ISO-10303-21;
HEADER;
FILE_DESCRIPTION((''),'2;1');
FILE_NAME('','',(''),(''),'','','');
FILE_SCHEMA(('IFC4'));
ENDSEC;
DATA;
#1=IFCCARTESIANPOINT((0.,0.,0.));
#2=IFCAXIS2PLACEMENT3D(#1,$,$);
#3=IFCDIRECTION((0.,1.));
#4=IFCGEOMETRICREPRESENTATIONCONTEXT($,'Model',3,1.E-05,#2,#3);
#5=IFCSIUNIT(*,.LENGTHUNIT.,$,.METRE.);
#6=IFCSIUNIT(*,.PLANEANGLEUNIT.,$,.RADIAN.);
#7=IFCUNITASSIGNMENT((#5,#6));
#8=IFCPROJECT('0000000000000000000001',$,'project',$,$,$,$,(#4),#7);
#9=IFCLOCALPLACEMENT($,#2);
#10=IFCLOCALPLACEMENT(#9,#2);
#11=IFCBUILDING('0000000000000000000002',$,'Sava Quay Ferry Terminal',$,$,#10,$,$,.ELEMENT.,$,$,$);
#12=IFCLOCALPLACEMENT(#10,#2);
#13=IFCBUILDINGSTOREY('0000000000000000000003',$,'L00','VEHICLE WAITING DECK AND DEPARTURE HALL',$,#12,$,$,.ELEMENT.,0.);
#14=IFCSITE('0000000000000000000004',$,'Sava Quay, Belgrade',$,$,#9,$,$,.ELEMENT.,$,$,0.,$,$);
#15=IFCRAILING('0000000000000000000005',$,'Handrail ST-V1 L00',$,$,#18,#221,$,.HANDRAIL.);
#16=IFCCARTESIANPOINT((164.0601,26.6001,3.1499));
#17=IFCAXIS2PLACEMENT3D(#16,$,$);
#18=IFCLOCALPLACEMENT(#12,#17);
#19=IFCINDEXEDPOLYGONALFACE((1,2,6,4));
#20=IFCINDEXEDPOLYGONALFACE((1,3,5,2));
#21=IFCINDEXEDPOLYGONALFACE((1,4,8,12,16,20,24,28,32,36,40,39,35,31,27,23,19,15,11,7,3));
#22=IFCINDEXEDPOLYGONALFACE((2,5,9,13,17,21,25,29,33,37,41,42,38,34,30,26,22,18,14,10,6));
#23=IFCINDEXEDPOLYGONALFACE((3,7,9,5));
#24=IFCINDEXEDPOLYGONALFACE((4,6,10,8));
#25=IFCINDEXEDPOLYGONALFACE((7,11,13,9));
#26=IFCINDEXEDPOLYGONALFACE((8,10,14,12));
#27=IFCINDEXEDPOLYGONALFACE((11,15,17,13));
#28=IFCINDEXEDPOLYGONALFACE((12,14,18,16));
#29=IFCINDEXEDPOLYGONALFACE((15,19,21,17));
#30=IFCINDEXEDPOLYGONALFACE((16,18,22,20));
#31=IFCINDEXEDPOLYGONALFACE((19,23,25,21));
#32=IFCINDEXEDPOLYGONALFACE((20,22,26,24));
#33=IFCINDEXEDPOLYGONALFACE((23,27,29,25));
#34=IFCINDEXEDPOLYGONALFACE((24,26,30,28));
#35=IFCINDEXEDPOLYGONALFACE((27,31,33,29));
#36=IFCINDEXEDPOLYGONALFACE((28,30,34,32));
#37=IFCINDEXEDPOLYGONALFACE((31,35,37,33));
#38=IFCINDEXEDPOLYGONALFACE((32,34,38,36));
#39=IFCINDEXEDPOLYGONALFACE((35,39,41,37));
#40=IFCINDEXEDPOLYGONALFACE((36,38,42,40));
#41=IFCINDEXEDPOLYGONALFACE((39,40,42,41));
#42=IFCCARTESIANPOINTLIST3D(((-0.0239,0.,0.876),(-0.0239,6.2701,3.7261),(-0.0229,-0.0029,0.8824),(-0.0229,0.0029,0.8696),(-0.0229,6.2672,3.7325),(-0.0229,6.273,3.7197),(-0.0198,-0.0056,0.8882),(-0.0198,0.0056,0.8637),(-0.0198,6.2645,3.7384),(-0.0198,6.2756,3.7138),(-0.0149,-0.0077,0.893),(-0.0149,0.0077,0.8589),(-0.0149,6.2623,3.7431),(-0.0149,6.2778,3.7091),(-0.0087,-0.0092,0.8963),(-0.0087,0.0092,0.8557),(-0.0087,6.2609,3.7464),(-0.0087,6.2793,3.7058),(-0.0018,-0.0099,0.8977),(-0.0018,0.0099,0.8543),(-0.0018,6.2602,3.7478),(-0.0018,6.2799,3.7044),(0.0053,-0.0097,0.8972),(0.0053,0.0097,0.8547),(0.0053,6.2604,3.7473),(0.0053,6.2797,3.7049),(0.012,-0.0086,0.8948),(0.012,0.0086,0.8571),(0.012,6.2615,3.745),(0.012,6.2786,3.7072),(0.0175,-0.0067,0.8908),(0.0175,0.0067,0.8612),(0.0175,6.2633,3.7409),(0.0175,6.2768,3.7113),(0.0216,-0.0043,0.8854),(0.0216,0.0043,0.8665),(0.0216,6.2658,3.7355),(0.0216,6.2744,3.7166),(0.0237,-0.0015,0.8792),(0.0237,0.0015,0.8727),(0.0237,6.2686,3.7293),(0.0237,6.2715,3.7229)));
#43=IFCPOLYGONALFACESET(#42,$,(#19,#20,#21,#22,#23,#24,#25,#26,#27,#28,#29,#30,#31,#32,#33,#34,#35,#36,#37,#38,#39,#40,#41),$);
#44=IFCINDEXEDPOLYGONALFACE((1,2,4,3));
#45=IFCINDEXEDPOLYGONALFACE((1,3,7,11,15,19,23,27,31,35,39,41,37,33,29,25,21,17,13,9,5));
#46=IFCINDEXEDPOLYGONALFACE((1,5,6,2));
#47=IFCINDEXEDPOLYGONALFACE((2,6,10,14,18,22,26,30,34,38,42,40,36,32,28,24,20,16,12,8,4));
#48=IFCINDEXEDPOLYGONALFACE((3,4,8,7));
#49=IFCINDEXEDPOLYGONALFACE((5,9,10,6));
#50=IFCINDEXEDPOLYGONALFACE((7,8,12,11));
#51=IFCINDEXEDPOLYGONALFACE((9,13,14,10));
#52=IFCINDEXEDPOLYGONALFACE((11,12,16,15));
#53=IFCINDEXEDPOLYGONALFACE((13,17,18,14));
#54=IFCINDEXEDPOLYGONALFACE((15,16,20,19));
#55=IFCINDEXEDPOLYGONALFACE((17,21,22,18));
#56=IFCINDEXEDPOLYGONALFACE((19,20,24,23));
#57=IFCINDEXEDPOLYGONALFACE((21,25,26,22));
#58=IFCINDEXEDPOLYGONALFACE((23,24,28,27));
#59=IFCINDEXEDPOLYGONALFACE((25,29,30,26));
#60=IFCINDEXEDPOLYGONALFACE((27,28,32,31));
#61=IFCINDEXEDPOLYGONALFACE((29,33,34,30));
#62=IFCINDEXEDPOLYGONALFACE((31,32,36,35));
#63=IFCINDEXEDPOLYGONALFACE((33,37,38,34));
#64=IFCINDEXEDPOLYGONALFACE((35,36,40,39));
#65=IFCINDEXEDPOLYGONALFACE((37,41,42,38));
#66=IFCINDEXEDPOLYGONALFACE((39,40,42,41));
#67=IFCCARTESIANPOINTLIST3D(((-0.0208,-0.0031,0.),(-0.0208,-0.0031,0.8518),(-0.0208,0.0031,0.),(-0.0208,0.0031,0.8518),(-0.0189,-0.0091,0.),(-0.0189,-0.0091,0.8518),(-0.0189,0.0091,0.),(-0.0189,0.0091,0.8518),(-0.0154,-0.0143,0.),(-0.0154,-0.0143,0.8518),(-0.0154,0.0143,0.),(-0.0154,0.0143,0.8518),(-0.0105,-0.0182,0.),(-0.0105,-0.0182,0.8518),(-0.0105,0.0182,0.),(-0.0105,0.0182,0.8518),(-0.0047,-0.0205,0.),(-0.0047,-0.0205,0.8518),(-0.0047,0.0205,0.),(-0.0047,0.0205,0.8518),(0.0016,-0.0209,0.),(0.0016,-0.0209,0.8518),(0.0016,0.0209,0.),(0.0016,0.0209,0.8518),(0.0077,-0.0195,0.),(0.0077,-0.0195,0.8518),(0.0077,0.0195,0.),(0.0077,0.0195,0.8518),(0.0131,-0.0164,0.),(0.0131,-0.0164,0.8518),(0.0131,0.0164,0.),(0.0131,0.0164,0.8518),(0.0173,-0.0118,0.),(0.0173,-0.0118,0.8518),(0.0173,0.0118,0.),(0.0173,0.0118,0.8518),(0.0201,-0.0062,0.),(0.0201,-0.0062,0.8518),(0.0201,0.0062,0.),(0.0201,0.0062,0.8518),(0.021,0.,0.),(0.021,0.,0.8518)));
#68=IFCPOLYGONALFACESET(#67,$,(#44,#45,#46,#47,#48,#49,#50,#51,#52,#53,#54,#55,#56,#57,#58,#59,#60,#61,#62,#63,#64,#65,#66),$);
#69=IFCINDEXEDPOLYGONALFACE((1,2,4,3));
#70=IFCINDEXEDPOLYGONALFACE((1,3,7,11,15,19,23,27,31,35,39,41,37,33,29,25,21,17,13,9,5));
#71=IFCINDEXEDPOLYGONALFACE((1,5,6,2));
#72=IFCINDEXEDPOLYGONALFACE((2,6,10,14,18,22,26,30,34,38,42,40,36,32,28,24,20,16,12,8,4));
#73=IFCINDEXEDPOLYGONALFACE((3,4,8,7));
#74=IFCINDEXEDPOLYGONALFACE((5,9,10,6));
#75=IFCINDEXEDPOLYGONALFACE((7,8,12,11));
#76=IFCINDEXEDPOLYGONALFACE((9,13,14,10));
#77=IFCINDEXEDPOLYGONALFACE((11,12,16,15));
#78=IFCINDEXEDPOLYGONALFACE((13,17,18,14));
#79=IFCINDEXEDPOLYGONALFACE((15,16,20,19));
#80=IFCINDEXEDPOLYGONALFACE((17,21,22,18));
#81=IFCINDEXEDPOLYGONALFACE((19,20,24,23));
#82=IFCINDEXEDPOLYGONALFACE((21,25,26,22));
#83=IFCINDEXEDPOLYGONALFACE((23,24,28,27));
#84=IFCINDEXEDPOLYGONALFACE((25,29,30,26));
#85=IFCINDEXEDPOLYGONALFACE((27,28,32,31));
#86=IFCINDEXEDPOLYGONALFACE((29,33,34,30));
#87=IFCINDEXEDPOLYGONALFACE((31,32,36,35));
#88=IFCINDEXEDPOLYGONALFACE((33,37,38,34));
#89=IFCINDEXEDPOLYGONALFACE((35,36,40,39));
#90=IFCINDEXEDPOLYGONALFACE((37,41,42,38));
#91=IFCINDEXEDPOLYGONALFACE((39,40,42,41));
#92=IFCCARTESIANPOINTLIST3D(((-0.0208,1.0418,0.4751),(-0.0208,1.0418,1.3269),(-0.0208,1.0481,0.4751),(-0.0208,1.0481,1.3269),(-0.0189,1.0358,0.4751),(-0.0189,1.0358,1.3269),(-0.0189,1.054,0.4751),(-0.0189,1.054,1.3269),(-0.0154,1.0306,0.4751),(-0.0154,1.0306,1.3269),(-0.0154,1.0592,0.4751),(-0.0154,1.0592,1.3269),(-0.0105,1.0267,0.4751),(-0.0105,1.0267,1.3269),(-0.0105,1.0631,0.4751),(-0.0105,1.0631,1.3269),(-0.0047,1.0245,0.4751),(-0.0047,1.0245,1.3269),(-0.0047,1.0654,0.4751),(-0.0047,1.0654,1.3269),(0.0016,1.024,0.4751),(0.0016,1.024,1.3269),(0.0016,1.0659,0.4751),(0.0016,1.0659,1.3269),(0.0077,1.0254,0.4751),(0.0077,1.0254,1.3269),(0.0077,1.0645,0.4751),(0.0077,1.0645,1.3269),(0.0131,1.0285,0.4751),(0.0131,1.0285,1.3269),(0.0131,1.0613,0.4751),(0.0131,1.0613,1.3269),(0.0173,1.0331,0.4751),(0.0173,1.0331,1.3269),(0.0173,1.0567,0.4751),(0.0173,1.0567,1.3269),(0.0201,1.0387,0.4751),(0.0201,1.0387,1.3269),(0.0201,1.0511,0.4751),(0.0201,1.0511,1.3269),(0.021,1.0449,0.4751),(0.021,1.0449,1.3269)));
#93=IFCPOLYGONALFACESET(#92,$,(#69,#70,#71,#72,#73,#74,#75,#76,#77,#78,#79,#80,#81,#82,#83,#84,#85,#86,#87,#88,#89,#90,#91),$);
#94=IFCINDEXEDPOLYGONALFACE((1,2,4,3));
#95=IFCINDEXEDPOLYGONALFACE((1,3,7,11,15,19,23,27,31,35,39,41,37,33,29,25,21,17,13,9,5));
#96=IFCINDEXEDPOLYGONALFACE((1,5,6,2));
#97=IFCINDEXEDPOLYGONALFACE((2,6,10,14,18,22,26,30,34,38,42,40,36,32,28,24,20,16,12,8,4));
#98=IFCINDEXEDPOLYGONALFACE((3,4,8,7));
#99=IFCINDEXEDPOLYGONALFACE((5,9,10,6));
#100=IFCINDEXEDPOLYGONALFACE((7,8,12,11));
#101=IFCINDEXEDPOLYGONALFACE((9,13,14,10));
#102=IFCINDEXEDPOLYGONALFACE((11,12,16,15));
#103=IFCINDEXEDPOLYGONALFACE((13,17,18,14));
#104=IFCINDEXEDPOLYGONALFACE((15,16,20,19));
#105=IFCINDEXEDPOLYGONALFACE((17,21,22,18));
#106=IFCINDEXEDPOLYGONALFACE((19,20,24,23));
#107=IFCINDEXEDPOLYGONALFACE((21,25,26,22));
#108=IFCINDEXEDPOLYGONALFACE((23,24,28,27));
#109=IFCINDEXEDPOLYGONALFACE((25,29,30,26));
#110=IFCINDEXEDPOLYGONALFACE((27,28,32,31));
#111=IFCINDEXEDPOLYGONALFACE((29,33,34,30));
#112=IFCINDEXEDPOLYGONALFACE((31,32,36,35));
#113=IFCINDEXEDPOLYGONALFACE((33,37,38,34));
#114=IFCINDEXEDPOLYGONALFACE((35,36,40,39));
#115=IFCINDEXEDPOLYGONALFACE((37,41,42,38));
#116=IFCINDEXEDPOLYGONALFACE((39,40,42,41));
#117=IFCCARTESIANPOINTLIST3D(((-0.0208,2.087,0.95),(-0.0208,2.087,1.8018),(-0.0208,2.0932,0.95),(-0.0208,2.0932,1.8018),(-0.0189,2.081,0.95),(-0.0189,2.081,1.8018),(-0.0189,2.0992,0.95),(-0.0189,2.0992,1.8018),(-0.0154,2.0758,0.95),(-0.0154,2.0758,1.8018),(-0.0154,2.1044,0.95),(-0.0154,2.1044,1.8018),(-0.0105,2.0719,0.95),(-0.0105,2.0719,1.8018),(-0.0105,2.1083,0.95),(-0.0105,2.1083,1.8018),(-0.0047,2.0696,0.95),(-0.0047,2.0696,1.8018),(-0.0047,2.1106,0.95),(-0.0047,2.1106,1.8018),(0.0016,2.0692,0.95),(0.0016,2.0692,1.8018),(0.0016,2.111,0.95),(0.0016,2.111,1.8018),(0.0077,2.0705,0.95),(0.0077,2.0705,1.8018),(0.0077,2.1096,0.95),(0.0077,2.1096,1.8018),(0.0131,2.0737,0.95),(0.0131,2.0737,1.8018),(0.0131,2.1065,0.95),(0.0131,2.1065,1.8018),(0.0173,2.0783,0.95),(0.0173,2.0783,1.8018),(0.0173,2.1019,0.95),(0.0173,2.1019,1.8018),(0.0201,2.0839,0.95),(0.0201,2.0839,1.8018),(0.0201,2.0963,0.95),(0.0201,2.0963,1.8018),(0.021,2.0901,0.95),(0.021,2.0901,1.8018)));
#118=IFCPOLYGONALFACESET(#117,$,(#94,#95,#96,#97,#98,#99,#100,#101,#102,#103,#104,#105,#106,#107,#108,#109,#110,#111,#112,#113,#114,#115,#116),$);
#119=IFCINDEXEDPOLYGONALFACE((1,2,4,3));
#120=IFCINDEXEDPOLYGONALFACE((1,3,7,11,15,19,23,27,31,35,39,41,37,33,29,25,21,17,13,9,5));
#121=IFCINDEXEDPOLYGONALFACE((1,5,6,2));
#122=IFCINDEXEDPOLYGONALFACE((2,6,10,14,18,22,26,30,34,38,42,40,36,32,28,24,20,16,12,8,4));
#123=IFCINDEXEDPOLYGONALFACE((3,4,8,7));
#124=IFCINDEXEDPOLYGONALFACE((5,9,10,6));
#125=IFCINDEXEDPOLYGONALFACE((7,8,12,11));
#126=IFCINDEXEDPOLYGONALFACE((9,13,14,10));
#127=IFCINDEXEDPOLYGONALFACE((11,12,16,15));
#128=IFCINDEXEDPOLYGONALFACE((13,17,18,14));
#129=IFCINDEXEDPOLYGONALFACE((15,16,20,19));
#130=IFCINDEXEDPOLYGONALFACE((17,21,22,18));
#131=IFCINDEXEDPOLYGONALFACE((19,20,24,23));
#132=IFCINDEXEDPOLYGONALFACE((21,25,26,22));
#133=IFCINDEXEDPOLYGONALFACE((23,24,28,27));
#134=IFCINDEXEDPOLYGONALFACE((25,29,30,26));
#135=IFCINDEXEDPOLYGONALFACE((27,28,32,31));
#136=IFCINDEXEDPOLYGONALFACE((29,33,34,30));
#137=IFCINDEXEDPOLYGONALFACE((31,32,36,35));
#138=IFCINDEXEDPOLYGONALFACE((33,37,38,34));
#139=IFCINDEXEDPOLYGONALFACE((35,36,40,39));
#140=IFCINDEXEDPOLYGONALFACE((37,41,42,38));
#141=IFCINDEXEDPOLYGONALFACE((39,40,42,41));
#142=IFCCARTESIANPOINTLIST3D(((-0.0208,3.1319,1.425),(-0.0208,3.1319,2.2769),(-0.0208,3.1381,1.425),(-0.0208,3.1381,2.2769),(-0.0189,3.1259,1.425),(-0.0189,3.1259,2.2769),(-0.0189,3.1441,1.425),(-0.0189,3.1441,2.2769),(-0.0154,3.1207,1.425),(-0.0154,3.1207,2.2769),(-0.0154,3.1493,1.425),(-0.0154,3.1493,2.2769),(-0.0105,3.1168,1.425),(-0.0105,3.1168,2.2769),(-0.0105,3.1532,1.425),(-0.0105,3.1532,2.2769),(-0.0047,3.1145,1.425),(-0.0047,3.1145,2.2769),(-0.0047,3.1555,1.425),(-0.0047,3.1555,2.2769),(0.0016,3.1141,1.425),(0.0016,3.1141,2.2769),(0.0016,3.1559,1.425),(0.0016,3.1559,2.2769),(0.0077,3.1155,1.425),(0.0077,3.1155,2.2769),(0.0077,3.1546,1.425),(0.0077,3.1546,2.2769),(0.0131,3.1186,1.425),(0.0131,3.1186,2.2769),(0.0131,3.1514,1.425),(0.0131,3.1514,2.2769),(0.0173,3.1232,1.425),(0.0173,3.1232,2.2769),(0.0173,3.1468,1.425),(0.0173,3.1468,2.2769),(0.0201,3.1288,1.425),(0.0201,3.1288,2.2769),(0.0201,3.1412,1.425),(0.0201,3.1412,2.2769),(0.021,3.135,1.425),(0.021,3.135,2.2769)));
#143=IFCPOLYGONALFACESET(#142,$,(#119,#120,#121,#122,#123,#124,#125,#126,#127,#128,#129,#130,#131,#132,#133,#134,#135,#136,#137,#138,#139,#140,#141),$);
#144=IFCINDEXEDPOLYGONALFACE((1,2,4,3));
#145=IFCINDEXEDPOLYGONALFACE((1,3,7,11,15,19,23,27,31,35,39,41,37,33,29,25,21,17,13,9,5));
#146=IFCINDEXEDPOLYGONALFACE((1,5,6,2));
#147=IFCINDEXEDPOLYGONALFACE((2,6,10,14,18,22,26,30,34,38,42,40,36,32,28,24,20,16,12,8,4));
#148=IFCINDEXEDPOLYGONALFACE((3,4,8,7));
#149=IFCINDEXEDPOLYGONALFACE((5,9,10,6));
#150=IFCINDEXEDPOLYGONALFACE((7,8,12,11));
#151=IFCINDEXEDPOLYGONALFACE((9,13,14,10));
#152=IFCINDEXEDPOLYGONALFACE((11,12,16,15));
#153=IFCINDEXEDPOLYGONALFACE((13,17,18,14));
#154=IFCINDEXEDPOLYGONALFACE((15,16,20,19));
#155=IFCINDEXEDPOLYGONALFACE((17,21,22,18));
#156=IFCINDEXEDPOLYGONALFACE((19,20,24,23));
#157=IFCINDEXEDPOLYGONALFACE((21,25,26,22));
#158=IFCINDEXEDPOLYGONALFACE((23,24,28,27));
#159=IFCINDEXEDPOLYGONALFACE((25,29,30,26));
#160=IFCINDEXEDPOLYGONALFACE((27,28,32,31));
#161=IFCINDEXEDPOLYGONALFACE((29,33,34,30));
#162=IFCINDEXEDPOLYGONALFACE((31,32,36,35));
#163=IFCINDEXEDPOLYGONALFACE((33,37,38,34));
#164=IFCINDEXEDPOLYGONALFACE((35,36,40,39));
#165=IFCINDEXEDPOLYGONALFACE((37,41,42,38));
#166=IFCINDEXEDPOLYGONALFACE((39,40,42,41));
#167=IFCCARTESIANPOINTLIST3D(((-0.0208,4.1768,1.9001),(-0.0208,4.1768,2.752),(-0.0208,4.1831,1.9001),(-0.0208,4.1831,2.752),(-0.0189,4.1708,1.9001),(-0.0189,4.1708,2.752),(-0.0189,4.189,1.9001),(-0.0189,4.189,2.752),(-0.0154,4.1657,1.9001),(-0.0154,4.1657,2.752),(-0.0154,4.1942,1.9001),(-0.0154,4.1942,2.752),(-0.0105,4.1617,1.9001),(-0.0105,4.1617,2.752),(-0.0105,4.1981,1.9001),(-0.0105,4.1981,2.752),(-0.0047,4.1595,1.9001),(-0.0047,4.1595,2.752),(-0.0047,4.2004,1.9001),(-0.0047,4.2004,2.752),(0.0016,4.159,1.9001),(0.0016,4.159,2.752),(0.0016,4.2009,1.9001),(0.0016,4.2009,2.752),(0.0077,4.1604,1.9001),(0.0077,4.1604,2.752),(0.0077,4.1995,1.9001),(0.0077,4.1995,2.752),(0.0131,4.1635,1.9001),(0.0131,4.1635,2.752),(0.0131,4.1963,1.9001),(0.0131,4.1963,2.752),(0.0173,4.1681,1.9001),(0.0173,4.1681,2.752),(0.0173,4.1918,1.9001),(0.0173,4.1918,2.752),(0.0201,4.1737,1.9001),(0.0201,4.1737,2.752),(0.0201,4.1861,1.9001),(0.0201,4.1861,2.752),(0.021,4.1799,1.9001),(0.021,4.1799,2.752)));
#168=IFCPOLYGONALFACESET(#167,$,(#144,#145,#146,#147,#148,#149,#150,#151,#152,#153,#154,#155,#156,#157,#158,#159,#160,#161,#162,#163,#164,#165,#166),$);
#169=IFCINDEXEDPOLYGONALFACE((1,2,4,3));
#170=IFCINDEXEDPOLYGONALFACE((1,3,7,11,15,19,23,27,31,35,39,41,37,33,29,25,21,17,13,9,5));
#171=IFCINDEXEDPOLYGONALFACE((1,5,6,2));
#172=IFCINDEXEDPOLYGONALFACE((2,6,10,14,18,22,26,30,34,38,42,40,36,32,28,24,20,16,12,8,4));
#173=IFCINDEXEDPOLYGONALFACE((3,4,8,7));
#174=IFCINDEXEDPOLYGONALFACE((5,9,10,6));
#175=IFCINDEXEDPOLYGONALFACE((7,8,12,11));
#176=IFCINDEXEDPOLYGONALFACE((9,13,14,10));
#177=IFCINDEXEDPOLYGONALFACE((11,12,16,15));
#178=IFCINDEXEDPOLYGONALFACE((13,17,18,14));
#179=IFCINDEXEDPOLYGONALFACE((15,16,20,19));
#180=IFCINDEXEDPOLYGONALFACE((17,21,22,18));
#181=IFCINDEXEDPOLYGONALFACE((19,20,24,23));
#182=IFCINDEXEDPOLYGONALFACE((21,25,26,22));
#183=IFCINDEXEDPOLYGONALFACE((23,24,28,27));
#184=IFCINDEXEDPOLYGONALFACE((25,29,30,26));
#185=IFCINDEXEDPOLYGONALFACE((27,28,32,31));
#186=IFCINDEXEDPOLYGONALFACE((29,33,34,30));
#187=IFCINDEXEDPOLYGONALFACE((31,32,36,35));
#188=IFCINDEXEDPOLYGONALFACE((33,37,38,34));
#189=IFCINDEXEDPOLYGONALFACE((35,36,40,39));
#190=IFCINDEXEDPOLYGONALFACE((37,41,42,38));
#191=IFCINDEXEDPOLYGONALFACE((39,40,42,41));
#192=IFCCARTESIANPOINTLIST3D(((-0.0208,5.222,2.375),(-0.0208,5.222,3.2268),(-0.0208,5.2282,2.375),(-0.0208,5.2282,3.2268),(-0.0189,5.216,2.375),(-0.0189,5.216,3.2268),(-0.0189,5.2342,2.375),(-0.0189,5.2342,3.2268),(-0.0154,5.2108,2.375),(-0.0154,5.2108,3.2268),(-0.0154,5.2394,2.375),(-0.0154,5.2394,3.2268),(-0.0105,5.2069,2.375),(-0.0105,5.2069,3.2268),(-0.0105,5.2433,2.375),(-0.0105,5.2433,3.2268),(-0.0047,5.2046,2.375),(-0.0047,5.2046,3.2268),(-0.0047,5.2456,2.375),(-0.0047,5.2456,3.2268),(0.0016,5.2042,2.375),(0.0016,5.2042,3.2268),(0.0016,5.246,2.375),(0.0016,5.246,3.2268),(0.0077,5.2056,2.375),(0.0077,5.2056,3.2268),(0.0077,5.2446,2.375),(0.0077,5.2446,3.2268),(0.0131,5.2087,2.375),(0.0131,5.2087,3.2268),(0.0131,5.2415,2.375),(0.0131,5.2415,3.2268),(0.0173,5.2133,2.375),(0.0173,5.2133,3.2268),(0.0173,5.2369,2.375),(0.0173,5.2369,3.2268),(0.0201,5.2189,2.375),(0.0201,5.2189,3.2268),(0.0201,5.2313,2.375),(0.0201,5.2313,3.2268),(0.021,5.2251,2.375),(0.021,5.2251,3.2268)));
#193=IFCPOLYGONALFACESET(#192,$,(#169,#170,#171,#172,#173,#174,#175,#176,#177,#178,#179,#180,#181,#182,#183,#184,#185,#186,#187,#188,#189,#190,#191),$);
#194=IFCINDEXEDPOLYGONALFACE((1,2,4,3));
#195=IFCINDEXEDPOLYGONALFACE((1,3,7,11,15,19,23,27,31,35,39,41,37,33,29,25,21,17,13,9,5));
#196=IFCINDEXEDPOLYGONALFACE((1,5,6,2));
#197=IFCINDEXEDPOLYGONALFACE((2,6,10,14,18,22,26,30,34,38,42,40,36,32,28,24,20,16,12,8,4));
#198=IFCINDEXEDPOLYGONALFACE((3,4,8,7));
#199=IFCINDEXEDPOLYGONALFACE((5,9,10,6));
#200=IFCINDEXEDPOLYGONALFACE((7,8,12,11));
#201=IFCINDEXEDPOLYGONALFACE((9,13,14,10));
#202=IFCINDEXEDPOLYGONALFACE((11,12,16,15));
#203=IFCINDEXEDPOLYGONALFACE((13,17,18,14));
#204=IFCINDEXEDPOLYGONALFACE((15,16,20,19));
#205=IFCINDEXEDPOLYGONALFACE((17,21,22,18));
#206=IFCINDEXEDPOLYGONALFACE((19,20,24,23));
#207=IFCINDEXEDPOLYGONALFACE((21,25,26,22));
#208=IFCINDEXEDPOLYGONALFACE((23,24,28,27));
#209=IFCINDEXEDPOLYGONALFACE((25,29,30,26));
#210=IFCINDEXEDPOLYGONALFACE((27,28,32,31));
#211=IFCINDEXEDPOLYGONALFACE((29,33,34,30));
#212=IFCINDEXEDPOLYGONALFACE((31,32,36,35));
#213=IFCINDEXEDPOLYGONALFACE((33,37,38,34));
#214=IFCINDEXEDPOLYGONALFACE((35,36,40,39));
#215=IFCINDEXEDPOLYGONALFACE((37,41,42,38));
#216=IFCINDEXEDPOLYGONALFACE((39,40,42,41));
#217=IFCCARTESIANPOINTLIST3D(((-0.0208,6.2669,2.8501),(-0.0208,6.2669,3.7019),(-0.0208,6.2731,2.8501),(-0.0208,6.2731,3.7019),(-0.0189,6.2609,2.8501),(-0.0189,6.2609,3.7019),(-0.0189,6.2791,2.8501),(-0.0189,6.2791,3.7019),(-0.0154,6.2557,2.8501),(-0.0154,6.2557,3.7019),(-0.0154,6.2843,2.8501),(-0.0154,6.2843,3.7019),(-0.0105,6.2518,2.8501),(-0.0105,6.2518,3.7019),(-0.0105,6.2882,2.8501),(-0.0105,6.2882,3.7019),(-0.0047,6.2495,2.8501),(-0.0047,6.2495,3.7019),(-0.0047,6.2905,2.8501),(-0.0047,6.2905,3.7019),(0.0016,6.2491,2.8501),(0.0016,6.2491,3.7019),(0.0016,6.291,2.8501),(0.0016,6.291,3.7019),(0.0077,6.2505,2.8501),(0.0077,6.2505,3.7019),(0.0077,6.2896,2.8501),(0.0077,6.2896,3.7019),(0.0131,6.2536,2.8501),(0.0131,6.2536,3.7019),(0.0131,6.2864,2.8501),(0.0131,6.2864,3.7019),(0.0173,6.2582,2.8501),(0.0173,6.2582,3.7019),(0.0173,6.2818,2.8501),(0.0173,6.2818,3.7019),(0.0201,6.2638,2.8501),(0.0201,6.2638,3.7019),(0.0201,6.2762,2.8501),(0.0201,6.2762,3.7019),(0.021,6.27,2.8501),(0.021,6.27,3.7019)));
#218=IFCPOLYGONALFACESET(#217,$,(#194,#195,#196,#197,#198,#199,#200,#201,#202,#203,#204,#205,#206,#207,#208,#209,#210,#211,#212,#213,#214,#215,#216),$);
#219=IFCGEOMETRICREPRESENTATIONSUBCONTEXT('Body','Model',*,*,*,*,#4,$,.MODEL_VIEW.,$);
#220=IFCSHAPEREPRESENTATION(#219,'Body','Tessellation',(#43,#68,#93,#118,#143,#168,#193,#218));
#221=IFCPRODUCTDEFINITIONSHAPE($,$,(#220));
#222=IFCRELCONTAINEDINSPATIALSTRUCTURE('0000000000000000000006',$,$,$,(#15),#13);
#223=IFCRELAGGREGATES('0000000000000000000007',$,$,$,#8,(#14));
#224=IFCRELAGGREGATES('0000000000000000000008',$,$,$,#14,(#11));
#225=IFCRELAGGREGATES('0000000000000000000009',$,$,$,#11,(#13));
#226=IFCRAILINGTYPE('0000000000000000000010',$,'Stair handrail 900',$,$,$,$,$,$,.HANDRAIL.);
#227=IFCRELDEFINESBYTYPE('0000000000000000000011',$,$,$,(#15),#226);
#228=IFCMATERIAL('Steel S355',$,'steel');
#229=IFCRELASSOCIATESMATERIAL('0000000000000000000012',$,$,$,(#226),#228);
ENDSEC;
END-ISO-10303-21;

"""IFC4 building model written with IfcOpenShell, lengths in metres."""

from ifc_helpers import new_model, si_unit, direction, frame, origin, origin_2d, place, context, subcontext, project, spatial, circle, extrude, material, type_object, element, save


model = new_model("IFC4")

# Units and contexts
model_context = context("Model", 3, precision=1e-05, world=origin(), true_north=direction((0.0, 1.0)))
body_context = subcontext(model_context, "Body", "Model", "MODEL_VIEW")
ifc_project = project(units=[si_unit("LENGTHUNIT", "METRE"), si_unit("PLANEANGLEUNIT", "RADIAN")], contexts=[model_context])

# Site, building, storey
site_placement = place(None, origin())
site = spatial("IfcSite", under=ifc_project, at=site_placement, Name="Sava Quay, Belgrade", CompositionType="ELEMENT", RefElevation=0.0)
building_placement = place(site_placement, origin())
building = spatial("IfcBuilding", under=site, at=building_placement, Name="Sava Quay Ferry Terminal", CompositionType="ELEMENT")
storey_placement = place(building_placement, origin())
storey = spatial("IfcBuildingStorey", under=building, at=storey_placement, Name="L00", Description="VEHICLE WAITING DECK AND DEPARTURE HALL", CompositionType="ELEMENT", Elevation=0.0)

# Railing
ifc_material_1 = material(Name="Steel S355", Category="steel")
railing_type_1 = type_object("IfcRailingType", Name="Stair handrail 900", PredefinedType="HANDRAIL", material=ifc_material_1)
railing_1_placement = place(storey_placement, frame((164.0601, 26.6001, 3.1499)))
element("IfcRailing", 1, at=railing_1_placement, inside=storey, type_object=railing_type_1, Name="Handrail ST-V1 L00", PredefinedType="HANDRAIL", context=body_context, shape_type="SweptSolid", body=[
    extrude(circle(Radius=0.0239, at=origin_2d()), frame((0.0, 0.0, 0.876), z_axis=(0.0, 0.910362, 0.413814), x_axis=(-1.0, 0.0, 0.0)), (0.0, 0.0, 1.0), 6.8875),
    extrude(circle(Radius=0.021, at=origin_2d()), origin(), (0.0, 0.0, 1.0), 0.8518),
    extrude(circle(Radius=0.021, at=origin_2d()), frame((0.0, 1.0449, 0.4751)), (0.0, 0.0, 1.0), 0.8518),
    extrude(circle(Radius=0.021, at=origin_2d()), frame((0.0, 2.0901, 0.95)), (0.0, 0.0, 1.0), 0.8518),
    extrude(circle(Radius=0.021, at=origin_2d()), frame((0.0, 3.135, 1.425)), (0.0, 0.0, 1.0), 0.8518),
    extrude(circle(Radius=0.021, at=origin_2d()), frame((0.0, 4.1799, 1.9001)), (0.0, 0.0, 1.0), 0.8518),
    extrude(circle(Radius=0.021, at=origin_2d()), frame((0.0, 5.2251, 2.375)), (0.0, 0.0, 1.0), 0.8518),
    extrude(circle(Radius=0.021, at=origin_2d()), frame((0.0, 6.27, 2.8501)), (0.0, 0.0, 1.0), 0.8518),
])

save(model, "model.ifc")
